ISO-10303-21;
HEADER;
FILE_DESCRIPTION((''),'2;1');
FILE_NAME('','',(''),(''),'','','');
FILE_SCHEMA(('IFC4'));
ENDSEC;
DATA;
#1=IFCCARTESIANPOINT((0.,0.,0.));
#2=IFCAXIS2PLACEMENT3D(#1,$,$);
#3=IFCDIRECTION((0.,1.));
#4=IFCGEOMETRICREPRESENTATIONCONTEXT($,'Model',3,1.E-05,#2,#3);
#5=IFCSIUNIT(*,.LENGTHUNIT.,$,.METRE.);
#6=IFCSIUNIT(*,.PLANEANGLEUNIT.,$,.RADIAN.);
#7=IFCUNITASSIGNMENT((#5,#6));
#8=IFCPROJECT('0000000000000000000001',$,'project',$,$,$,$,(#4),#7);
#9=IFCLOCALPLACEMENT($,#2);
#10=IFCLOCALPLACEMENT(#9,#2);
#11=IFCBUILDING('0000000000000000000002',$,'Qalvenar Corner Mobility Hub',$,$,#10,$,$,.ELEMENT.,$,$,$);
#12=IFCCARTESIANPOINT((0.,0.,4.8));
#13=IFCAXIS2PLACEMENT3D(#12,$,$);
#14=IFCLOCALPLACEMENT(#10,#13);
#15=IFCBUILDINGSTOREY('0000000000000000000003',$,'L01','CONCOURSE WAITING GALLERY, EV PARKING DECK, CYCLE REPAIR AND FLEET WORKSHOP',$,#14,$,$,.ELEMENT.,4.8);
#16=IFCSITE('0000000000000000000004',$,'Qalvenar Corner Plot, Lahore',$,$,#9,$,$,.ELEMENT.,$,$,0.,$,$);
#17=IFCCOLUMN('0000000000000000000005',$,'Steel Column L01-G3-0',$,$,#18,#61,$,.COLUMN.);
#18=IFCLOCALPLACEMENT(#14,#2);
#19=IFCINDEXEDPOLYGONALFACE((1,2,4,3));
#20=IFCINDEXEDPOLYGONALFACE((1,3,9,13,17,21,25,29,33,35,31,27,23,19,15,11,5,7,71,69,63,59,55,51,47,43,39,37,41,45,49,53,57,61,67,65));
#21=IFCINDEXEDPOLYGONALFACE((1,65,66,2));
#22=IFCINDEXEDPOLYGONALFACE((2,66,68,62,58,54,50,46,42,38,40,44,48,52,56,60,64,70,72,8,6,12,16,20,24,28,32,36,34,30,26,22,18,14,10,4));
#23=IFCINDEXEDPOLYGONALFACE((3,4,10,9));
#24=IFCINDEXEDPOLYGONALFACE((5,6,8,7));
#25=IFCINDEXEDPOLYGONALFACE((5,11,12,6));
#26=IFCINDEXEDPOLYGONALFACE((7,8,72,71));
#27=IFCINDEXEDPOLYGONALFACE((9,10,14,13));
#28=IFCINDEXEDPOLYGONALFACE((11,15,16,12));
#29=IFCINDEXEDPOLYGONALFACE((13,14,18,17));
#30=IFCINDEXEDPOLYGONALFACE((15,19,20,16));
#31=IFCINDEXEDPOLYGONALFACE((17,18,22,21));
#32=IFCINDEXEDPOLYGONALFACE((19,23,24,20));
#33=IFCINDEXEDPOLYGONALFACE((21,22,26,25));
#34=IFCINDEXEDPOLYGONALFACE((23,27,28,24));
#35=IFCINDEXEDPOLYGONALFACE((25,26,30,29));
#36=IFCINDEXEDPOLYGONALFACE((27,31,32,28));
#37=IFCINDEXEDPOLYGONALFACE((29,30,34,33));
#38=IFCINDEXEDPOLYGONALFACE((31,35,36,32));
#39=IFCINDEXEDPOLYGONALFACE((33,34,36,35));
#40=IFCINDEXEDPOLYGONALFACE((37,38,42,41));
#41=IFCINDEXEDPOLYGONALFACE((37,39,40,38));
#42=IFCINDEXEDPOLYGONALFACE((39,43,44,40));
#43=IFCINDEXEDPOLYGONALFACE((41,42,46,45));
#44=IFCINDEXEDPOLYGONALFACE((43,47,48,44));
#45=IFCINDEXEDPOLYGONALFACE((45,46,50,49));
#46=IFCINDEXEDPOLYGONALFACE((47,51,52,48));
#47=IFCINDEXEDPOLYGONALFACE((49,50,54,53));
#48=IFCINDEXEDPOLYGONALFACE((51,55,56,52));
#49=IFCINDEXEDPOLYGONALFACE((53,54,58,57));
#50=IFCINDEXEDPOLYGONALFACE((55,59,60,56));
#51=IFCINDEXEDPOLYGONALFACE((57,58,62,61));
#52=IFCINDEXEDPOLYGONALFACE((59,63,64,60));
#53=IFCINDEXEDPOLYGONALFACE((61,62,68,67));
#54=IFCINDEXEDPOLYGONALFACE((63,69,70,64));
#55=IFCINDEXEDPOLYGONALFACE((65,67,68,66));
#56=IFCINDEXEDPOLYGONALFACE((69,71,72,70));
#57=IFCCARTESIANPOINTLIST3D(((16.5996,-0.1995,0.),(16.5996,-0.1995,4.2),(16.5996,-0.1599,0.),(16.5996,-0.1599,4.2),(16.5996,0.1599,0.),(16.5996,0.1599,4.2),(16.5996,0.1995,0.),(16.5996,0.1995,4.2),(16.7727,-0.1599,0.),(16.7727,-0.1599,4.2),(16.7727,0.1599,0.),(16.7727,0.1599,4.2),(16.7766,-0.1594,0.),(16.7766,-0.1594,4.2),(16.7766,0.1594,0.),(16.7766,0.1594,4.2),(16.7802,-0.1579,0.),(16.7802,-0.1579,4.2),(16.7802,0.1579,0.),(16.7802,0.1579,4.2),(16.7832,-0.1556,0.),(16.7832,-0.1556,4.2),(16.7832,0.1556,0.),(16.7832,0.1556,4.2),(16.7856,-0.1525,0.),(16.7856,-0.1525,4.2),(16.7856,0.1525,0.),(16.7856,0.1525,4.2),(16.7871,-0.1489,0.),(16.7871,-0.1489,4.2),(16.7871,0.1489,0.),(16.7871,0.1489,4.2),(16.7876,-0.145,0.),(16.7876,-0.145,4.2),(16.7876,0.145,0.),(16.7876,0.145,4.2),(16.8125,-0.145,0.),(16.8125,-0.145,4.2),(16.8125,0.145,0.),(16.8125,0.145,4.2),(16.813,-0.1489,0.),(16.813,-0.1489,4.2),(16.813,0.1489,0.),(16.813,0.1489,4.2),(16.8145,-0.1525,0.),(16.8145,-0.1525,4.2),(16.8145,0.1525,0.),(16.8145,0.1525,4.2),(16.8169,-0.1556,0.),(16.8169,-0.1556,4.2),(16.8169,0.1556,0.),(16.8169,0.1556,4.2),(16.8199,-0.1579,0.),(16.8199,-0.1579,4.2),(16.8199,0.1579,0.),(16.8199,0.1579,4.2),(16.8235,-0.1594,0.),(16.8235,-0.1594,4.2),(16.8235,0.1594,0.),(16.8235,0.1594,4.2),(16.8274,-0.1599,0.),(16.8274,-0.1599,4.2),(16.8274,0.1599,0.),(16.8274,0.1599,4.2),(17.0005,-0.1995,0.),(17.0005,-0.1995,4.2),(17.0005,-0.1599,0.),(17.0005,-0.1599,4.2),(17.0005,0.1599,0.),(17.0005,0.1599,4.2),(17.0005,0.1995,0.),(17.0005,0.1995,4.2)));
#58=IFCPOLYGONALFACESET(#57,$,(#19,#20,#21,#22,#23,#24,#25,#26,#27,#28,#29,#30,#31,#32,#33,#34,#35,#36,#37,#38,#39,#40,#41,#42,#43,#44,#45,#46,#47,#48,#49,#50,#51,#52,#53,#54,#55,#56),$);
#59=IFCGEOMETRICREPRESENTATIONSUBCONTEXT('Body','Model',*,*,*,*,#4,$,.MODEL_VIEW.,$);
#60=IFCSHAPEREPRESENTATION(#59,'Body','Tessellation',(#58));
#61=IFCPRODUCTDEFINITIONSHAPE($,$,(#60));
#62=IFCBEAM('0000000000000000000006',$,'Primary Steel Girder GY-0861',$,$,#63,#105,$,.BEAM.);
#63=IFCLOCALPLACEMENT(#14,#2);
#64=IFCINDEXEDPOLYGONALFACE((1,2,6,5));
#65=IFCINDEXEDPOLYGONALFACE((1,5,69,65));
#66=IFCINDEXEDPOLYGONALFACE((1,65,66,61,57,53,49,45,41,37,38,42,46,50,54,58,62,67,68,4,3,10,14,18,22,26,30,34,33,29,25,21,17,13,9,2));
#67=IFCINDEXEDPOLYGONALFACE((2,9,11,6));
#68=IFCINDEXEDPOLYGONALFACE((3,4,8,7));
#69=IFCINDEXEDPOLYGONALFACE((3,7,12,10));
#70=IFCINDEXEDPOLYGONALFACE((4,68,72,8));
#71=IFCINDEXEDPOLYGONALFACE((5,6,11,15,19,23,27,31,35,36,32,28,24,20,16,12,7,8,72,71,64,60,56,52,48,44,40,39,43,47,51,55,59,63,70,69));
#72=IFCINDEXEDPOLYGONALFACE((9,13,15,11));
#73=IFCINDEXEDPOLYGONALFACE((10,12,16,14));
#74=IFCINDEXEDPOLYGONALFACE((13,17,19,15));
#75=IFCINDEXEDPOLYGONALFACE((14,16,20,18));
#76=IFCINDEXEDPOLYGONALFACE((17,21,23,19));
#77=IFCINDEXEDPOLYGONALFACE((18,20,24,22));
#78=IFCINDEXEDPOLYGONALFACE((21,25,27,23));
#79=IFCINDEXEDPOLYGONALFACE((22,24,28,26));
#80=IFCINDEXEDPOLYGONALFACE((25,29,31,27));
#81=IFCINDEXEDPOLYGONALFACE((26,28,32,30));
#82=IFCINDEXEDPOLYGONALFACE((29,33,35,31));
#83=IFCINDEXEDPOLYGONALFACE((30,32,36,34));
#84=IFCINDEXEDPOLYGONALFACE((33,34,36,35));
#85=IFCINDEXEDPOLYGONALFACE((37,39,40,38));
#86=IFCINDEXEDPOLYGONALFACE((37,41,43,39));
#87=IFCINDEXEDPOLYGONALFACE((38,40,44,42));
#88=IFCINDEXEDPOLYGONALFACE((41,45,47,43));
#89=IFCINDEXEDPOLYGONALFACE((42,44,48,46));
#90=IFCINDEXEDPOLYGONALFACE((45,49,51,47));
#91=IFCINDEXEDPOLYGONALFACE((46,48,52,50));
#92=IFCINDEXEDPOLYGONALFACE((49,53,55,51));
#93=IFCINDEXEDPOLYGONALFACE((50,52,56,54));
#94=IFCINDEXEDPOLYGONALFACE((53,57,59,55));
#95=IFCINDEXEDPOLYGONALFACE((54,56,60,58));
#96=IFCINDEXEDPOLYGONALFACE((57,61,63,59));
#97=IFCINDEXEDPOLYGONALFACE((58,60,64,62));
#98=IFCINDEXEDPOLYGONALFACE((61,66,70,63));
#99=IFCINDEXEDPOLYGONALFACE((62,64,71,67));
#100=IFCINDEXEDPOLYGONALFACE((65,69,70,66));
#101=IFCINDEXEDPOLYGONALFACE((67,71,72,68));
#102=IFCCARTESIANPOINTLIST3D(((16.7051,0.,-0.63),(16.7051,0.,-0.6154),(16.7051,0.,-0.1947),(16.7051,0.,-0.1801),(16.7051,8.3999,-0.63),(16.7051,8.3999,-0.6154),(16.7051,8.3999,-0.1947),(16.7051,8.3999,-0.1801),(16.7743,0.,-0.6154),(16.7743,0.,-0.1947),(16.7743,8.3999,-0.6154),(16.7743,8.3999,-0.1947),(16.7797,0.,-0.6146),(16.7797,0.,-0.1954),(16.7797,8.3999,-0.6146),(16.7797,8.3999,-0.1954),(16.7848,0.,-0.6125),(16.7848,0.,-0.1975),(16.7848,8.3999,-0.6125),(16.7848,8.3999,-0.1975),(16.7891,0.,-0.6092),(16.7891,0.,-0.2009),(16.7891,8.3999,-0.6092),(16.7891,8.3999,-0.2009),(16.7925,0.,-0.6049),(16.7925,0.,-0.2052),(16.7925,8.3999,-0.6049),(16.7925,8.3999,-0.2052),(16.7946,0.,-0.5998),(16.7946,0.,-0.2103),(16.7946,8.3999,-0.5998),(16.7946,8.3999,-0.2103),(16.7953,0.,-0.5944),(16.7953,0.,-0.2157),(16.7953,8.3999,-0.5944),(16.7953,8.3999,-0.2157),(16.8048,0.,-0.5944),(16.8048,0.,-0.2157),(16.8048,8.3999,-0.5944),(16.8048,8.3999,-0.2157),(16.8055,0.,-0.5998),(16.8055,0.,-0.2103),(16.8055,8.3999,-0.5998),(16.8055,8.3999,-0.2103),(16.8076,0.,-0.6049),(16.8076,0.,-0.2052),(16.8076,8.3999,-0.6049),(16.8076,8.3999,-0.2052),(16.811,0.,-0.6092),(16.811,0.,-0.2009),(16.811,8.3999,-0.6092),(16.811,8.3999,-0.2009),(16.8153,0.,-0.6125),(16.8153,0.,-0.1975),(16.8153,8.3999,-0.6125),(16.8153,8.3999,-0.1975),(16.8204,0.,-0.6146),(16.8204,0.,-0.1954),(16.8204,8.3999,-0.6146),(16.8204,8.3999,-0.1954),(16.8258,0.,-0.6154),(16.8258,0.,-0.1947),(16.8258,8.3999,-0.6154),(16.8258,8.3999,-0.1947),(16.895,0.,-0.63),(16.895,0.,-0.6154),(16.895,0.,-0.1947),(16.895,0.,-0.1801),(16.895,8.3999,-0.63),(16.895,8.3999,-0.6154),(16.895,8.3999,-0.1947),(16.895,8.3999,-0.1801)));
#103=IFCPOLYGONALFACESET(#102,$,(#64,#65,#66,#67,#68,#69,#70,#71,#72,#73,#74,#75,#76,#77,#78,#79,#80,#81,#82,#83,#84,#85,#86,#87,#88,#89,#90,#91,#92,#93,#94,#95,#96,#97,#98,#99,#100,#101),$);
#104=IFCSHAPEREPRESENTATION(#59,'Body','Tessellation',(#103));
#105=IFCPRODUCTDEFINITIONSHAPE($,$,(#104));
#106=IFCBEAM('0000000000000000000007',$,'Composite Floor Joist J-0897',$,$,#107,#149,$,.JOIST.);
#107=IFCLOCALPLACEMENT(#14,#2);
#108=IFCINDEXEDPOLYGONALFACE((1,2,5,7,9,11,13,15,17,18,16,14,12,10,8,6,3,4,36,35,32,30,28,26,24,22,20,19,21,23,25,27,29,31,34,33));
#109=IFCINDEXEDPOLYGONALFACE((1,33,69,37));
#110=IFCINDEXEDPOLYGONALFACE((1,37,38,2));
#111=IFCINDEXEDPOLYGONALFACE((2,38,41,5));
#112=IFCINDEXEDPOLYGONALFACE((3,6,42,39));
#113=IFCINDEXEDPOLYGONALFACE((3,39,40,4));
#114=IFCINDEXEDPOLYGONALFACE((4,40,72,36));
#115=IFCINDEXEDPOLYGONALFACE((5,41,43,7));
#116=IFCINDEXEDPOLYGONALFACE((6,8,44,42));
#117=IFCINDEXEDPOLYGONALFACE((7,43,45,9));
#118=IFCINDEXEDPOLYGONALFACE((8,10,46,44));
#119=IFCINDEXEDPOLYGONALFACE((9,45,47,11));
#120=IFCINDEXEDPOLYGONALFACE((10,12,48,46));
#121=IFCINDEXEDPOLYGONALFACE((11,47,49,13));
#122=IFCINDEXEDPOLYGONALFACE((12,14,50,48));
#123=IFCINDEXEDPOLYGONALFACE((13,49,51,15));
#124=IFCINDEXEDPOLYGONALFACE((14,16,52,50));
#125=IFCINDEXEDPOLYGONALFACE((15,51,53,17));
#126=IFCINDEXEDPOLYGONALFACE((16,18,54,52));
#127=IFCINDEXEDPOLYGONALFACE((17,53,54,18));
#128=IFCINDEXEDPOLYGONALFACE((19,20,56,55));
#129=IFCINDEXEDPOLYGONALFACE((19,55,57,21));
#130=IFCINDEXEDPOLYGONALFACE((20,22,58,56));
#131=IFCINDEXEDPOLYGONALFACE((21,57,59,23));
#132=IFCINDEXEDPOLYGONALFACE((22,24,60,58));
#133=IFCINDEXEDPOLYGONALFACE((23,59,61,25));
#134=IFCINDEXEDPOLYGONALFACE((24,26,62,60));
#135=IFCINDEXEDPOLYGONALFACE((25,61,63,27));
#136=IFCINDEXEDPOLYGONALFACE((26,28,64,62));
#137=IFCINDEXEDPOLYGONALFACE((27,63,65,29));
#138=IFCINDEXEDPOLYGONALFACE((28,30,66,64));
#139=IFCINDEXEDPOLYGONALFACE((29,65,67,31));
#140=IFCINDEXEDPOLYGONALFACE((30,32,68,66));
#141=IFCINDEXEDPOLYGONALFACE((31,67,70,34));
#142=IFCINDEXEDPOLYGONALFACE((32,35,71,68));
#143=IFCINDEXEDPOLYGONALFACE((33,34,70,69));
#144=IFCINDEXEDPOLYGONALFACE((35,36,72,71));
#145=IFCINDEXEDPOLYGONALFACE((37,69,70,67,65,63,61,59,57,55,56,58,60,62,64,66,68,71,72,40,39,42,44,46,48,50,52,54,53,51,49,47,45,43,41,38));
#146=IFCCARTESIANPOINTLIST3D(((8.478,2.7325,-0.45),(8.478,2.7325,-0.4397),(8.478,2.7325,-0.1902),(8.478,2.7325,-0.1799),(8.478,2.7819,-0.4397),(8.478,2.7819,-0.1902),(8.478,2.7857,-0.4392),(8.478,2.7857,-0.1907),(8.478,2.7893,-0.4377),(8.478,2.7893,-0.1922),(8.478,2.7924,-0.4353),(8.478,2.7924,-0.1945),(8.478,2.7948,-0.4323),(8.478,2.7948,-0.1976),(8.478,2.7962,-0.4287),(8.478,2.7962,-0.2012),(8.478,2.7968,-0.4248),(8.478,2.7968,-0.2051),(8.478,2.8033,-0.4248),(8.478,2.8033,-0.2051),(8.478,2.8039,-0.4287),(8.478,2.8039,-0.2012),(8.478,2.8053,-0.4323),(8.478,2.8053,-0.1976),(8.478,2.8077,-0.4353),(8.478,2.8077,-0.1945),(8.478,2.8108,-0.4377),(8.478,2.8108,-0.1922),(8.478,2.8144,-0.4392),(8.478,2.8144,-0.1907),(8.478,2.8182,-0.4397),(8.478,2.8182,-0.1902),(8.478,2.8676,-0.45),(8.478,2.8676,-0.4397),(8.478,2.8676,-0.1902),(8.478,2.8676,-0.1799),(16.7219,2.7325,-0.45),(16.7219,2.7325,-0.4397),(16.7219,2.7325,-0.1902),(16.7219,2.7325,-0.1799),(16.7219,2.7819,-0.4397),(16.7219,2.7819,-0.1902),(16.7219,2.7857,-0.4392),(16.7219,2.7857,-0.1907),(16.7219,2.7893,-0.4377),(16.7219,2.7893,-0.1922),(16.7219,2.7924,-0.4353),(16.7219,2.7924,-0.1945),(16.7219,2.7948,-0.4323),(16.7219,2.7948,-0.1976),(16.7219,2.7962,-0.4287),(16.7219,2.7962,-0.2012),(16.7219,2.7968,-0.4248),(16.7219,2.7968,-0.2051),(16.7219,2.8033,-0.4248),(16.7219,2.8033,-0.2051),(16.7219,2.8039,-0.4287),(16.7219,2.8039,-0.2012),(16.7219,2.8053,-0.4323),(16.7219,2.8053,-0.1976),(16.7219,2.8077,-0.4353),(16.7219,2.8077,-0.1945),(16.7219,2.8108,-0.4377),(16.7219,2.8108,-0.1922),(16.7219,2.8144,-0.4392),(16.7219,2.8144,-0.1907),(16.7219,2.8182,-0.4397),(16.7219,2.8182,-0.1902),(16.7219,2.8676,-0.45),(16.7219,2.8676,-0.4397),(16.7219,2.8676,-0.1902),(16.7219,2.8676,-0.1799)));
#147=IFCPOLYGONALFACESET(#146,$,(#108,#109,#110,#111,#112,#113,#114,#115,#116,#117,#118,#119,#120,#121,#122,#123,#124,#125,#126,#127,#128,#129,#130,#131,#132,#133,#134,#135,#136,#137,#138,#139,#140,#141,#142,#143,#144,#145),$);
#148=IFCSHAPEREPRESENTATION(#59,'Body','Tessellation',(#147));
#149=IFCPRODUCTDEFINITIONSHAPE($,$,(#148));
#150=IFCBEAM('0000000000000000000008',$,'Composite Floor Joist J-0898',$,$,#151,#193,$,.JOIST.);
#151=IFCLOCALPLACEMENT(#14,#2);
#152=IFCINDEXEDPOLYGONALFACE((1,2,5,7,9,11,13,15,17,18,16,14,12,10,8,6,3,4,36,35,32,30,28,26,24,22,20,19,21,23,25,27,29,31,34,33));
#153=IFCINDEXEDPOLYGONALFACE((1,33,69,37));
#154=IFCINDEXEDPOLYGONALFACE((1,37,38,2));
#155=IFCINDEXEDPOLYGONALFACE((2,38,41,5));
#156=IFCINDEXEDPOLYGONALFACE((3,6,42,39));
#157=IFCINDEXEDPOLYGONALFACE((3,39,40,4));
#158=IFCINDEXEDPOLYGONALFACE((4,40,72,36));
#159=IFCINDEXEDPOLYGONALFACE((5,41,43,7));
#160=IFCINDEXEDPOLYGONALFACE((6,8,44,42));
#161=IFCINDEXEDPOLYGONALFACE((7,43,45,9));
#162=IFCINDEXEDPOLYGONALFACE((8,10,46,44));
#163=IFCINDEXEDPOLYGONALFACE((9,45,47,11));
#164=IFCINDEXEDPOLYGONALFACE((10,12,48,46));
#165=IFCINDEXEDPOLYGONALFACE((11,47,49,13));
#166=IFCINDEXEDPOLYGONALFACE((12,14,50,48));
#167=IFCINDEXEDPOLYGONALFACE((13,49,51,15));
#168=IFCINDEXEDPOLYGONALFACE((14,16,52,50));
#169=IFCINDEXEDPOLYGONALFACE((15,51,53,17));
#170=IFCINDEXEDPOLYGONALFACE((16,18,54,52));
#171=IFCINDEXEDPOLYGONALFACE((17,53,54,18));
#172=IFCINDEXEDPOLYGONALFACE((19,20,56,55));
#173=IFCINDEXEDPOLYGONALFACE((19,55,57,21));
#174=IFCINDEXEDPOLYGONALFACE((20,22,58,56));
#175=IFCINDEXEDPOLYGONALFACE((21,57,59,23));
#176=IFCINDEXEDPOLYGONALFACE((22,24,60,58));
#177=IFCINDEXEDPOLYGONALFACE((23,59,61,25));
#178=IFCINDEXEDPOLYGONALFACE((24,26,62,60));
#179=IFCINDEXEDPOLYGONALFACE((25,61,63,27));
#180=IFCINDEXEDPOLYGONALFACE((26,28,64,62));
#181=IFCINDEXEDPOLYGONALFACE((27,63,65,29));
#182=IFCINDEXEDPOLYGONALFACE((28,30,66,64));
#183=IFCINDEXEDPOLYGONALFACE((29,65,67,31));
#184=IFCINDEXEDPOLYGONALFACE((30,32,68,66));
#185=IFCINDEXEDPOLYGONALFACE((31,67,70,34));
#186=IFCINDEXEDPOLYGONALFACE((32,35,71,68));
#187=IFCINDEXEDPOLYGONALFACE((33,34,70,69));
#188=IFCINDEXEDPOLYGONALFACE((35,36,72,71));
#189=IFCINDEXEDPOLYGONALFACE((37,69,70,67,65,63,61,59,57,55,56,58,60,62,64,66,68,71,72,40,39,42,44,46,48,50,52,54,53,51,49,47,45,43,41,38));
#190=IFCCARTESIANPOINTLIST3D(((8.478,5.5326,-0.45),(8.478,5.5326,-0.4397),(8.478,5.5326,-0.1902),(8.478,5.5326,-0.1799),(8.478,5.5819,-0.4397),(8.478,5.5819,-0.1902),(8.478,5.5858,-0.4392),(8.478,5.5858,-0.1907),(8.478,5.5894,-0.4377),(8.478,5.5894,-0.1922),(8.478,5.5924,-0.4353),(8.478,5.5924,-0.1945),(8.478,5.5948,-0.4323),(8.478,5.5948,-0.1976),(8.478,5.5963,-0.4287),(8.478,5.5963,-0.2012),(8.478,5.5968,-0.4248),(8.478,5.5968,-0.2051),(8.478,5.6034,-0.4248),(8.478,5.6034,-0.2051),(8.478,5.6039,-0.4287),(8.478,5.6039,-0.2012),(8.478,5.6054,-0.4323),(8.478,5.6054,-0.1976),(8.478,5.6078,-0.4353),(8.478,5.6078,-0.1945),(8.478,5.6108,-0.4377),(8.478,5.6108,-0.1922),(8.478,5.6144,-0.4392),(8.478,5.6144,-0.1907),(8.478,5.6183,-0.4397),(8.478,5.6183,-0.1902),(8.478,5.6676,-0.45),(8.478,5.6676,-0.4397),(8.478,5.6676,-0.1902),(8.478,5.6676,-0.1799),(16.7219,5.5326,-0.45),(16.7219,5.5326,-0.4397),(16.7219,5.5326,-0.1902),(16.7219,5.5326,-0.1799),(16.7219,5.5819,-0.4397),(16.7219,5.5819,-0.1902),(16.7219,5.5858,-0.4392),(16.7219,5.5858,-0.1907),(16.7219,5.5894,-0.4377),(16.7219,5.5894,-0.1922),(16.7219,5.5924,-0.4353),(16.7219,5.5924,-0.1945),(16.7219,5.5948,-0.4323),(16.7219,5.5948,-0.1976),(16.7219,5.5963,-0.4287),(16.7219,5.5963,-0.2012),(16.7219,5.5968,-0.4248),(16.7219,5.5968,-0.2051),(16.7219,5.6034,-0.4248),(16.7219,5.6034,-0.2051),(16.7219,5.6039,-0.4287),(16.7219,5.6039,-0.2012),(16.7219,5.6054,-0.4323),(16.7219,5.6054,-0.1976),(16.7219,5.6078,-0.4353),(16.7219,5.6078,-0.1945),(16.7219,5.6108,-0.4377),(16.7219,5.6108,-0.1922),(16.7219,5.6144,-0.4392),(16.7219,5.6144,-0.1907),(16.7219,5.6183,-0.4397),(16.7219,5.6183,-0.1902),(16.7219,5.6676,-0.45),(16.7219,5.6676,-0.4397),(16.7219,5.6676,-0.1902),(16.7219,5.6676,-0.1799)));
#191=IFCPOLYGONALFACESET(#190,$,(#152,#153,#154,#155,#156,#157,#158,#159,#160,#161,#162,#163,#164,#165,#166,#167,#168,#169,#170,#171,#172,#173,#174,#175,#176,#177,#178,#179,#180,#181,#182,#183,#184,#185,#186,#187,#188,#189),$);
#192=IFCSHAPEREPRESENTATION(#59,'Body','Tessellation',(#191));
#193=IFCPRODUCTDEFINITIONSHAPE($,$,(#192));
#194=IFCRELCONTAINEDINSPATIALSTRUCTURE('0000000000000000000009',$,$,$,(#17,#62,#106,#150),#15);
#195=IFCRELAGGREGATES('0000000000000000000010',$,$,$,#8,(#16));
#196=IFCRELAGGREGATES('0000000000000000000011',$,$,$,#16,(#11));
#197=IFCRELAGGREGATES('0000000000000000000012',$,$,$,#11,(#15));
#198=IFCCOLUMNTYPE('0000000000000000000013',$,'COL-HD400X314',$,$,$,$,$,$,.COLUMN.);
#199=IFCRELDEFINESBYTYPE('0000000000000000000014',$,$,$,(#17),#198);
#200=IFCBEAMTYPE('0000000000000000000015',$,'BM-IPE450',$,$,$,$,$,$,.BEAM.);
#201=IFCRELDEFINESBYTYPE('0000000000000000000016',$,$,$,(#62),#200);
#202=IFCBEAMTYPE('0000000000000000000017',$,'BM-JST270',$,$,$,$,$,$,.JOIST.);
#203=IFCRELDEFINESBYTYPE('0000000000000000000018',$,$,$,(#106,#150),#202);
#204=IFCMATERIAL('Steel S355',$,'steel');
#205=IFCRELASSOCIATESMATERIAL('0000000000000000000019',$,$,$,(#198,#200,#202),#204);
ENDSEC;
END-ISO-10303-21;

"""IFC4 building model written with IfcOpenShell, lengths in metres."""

from ifc_helpers import new_model, si_unit, direction, frame, origin, origin_2d, place, context, subcontext, project, spatial, i_section, extrude, material, material_profile, profile_set, type_object, element, save


model = new_model("IFC4")

# Units and contexts
model_context = context("Model", 3, precision=1e-05, world=origin(), true_north=direction((0.0, 1.0)))
body_context = subcontext(model_context, "Body", "Model", "MODEL_VIEW")
ifc_project = project(units=[si_unit("LENGTHUNIT", "METRE"), si_unit("PLANEANGLEUNIT", "RADIAN")], contexts=[model_context])

# Site, building, storey
site_placement = place(None, origin())
site = spatial("IfcSite", under=ifc_project, at=site_placement, Name="Qalvenar Corner Plot, Lahore", CompositionType="ELEMENT", RefElevation=0.0)
building_placement = place(site_placement, origin())
building = spatial("IfcBuilding", under=site, at=building_placement, Name="Qalvenar Corner Mobility Hub", CompositionType="ELEMENT")
storey_placement = place(building_placement, frame((0.0, 0.0, 4.8)))
storey = spatial("IfcBuildingStorey", under=building, at=storey_placement, Name="L01", Description="CONCOURSE WAITING GALLERY, EV PARKING DECK, CYCLE REPAIR AND FLEET WORKSHOP", CompositionType="ELEMENT", Elevation=4.8)

# Column
ifc_material_1 = material(Name="Steel S355", Category="steel")
ifc_material_profile_1 = material_profile(ifc_material_1, i_section(OverallWidth=0.4009, OverallDepth=0.3989, WebThickness=0.0249, FlangeThickness=0.0396, FilletRadius=0.0149, at=origin_2d()), Name="HD400x314")
ifc_profile_set_1 = profile_set([ifc_material_profile_1], Name="Steel S355")
column_type = type_object("IfcColumnType", Name="COL-HD400X314", PredefinedType="COLUMN", material=ifc_profile_set_1)
column_placement = place(storey_placement, frame((16.8, 0.0, 0.0), z_axis=(0.0, 0.0, 1.0), x_axis=(1.0, 0.0, 0.0)))
element("IfcColumn", 1, at=column_placement, inside=storey, type_object=column_type, Name="Steel Column L01-G3-0", PredefinedType="COLUMN", context=body_context, shape_type="SweptSolid", body=[
    extrude(i_section(OverallWidth=0.4009, OverallDepth=0.3989, WebThickness=0.0249, FlangeThickness=0.0396, FilletRadius=0.0149, at=origin_2d()), origin(), (0.0, 0.0, 1.0), 4.2),
])

# Beams
ifc_material_profile_2 = material_profile(ifc_material_1, i_section(OverallWidth=0.1899, OverallDepth=0.45, WebThickness=0.0095, FlangeThickness=0.0146, FilletRadius=0.021, at=origin_2d()), Name="IPE450")
ifc_profile_set_2 = profile_set([ifc_material_profile_2], Name="Steel S355")
beam_type_1 = type_object("IfcBeamType", Name="BM-IPE450", PredefinedType="BEAM", material=ifc_profile_set_2)
beam_1_placement = place(storey_placement, frame((16.8, 0.0, -0.405), z_axis=(0.0, 1.0, 0.0), x_axis=(-1.0, 0.0, 0.0)))
element("IfcBeam", 2, at=beam_1_placement, inside=storey, type_object=beam_type_1, Name="Primary Steel Girder GY-0861", PredefinedType="BEAM", context=body_context, shape_type="SweptSolid", body=[
    extrude(i_section(OverallWidth=0.1899, OverallDepth=0.45, WebThickness=0.0095, FlangeThickness=0.0146, FilletRadius=0.021, at=origin_2d()), origin(), (0.0, 0.0, 1.0), 8.3999),
])
ifc_material_profile_3 = material_profile(ifc_material_1, i_section(OverallWidth=0.135, OverallDepth=0.27, WebThickness=0.0066, FlangeThickness=0.0103, FilletRadius=0.0149, at=origin_2d()), Name="IPE270")
ifc_profile_set_3 = profile_set([ifc_material_profile_3], Name="Steel S355")
beam_type_2 = type_object("IfcBeamType", Name="BM-JST270", PredefinedType="JOIST", material=ifc_profile_set_3)
for number, where, z_axis, x_axis, name in (
    (3, (8.478, 2.8, -0.3149), (1.0, 0.0, 0.0), (0.0, 1.0, 0.0), "Composite Floor Joist J-0897"),
    (4, (8.478, 5.6001, -0.3149), (1.0, 0.0, 0.0), (0.0, 1.0, 0.0), "Composite Floor Joist J-0898"),
):
    element("IfcBeam", number, at=place(storey_placement, frame(where, z_axis=z_axis, x_axis=x_axis)), inside=storey, type_object=beam_type_2, Name=name, PredefinedType="JOIST", context=body_context, shape_type="SweptSolid", body=[
        extrude(i_section(OverallWidth=0.135, OverallDepth=0.27, WebThickness=0.0066, FlangeThickness=0.0103, FilletRadius=0.0149, at=origin_2d()), origin(), (0.0, 0.0, 1.0), 8.2439),
    ])

save(model, "model.ifc")
